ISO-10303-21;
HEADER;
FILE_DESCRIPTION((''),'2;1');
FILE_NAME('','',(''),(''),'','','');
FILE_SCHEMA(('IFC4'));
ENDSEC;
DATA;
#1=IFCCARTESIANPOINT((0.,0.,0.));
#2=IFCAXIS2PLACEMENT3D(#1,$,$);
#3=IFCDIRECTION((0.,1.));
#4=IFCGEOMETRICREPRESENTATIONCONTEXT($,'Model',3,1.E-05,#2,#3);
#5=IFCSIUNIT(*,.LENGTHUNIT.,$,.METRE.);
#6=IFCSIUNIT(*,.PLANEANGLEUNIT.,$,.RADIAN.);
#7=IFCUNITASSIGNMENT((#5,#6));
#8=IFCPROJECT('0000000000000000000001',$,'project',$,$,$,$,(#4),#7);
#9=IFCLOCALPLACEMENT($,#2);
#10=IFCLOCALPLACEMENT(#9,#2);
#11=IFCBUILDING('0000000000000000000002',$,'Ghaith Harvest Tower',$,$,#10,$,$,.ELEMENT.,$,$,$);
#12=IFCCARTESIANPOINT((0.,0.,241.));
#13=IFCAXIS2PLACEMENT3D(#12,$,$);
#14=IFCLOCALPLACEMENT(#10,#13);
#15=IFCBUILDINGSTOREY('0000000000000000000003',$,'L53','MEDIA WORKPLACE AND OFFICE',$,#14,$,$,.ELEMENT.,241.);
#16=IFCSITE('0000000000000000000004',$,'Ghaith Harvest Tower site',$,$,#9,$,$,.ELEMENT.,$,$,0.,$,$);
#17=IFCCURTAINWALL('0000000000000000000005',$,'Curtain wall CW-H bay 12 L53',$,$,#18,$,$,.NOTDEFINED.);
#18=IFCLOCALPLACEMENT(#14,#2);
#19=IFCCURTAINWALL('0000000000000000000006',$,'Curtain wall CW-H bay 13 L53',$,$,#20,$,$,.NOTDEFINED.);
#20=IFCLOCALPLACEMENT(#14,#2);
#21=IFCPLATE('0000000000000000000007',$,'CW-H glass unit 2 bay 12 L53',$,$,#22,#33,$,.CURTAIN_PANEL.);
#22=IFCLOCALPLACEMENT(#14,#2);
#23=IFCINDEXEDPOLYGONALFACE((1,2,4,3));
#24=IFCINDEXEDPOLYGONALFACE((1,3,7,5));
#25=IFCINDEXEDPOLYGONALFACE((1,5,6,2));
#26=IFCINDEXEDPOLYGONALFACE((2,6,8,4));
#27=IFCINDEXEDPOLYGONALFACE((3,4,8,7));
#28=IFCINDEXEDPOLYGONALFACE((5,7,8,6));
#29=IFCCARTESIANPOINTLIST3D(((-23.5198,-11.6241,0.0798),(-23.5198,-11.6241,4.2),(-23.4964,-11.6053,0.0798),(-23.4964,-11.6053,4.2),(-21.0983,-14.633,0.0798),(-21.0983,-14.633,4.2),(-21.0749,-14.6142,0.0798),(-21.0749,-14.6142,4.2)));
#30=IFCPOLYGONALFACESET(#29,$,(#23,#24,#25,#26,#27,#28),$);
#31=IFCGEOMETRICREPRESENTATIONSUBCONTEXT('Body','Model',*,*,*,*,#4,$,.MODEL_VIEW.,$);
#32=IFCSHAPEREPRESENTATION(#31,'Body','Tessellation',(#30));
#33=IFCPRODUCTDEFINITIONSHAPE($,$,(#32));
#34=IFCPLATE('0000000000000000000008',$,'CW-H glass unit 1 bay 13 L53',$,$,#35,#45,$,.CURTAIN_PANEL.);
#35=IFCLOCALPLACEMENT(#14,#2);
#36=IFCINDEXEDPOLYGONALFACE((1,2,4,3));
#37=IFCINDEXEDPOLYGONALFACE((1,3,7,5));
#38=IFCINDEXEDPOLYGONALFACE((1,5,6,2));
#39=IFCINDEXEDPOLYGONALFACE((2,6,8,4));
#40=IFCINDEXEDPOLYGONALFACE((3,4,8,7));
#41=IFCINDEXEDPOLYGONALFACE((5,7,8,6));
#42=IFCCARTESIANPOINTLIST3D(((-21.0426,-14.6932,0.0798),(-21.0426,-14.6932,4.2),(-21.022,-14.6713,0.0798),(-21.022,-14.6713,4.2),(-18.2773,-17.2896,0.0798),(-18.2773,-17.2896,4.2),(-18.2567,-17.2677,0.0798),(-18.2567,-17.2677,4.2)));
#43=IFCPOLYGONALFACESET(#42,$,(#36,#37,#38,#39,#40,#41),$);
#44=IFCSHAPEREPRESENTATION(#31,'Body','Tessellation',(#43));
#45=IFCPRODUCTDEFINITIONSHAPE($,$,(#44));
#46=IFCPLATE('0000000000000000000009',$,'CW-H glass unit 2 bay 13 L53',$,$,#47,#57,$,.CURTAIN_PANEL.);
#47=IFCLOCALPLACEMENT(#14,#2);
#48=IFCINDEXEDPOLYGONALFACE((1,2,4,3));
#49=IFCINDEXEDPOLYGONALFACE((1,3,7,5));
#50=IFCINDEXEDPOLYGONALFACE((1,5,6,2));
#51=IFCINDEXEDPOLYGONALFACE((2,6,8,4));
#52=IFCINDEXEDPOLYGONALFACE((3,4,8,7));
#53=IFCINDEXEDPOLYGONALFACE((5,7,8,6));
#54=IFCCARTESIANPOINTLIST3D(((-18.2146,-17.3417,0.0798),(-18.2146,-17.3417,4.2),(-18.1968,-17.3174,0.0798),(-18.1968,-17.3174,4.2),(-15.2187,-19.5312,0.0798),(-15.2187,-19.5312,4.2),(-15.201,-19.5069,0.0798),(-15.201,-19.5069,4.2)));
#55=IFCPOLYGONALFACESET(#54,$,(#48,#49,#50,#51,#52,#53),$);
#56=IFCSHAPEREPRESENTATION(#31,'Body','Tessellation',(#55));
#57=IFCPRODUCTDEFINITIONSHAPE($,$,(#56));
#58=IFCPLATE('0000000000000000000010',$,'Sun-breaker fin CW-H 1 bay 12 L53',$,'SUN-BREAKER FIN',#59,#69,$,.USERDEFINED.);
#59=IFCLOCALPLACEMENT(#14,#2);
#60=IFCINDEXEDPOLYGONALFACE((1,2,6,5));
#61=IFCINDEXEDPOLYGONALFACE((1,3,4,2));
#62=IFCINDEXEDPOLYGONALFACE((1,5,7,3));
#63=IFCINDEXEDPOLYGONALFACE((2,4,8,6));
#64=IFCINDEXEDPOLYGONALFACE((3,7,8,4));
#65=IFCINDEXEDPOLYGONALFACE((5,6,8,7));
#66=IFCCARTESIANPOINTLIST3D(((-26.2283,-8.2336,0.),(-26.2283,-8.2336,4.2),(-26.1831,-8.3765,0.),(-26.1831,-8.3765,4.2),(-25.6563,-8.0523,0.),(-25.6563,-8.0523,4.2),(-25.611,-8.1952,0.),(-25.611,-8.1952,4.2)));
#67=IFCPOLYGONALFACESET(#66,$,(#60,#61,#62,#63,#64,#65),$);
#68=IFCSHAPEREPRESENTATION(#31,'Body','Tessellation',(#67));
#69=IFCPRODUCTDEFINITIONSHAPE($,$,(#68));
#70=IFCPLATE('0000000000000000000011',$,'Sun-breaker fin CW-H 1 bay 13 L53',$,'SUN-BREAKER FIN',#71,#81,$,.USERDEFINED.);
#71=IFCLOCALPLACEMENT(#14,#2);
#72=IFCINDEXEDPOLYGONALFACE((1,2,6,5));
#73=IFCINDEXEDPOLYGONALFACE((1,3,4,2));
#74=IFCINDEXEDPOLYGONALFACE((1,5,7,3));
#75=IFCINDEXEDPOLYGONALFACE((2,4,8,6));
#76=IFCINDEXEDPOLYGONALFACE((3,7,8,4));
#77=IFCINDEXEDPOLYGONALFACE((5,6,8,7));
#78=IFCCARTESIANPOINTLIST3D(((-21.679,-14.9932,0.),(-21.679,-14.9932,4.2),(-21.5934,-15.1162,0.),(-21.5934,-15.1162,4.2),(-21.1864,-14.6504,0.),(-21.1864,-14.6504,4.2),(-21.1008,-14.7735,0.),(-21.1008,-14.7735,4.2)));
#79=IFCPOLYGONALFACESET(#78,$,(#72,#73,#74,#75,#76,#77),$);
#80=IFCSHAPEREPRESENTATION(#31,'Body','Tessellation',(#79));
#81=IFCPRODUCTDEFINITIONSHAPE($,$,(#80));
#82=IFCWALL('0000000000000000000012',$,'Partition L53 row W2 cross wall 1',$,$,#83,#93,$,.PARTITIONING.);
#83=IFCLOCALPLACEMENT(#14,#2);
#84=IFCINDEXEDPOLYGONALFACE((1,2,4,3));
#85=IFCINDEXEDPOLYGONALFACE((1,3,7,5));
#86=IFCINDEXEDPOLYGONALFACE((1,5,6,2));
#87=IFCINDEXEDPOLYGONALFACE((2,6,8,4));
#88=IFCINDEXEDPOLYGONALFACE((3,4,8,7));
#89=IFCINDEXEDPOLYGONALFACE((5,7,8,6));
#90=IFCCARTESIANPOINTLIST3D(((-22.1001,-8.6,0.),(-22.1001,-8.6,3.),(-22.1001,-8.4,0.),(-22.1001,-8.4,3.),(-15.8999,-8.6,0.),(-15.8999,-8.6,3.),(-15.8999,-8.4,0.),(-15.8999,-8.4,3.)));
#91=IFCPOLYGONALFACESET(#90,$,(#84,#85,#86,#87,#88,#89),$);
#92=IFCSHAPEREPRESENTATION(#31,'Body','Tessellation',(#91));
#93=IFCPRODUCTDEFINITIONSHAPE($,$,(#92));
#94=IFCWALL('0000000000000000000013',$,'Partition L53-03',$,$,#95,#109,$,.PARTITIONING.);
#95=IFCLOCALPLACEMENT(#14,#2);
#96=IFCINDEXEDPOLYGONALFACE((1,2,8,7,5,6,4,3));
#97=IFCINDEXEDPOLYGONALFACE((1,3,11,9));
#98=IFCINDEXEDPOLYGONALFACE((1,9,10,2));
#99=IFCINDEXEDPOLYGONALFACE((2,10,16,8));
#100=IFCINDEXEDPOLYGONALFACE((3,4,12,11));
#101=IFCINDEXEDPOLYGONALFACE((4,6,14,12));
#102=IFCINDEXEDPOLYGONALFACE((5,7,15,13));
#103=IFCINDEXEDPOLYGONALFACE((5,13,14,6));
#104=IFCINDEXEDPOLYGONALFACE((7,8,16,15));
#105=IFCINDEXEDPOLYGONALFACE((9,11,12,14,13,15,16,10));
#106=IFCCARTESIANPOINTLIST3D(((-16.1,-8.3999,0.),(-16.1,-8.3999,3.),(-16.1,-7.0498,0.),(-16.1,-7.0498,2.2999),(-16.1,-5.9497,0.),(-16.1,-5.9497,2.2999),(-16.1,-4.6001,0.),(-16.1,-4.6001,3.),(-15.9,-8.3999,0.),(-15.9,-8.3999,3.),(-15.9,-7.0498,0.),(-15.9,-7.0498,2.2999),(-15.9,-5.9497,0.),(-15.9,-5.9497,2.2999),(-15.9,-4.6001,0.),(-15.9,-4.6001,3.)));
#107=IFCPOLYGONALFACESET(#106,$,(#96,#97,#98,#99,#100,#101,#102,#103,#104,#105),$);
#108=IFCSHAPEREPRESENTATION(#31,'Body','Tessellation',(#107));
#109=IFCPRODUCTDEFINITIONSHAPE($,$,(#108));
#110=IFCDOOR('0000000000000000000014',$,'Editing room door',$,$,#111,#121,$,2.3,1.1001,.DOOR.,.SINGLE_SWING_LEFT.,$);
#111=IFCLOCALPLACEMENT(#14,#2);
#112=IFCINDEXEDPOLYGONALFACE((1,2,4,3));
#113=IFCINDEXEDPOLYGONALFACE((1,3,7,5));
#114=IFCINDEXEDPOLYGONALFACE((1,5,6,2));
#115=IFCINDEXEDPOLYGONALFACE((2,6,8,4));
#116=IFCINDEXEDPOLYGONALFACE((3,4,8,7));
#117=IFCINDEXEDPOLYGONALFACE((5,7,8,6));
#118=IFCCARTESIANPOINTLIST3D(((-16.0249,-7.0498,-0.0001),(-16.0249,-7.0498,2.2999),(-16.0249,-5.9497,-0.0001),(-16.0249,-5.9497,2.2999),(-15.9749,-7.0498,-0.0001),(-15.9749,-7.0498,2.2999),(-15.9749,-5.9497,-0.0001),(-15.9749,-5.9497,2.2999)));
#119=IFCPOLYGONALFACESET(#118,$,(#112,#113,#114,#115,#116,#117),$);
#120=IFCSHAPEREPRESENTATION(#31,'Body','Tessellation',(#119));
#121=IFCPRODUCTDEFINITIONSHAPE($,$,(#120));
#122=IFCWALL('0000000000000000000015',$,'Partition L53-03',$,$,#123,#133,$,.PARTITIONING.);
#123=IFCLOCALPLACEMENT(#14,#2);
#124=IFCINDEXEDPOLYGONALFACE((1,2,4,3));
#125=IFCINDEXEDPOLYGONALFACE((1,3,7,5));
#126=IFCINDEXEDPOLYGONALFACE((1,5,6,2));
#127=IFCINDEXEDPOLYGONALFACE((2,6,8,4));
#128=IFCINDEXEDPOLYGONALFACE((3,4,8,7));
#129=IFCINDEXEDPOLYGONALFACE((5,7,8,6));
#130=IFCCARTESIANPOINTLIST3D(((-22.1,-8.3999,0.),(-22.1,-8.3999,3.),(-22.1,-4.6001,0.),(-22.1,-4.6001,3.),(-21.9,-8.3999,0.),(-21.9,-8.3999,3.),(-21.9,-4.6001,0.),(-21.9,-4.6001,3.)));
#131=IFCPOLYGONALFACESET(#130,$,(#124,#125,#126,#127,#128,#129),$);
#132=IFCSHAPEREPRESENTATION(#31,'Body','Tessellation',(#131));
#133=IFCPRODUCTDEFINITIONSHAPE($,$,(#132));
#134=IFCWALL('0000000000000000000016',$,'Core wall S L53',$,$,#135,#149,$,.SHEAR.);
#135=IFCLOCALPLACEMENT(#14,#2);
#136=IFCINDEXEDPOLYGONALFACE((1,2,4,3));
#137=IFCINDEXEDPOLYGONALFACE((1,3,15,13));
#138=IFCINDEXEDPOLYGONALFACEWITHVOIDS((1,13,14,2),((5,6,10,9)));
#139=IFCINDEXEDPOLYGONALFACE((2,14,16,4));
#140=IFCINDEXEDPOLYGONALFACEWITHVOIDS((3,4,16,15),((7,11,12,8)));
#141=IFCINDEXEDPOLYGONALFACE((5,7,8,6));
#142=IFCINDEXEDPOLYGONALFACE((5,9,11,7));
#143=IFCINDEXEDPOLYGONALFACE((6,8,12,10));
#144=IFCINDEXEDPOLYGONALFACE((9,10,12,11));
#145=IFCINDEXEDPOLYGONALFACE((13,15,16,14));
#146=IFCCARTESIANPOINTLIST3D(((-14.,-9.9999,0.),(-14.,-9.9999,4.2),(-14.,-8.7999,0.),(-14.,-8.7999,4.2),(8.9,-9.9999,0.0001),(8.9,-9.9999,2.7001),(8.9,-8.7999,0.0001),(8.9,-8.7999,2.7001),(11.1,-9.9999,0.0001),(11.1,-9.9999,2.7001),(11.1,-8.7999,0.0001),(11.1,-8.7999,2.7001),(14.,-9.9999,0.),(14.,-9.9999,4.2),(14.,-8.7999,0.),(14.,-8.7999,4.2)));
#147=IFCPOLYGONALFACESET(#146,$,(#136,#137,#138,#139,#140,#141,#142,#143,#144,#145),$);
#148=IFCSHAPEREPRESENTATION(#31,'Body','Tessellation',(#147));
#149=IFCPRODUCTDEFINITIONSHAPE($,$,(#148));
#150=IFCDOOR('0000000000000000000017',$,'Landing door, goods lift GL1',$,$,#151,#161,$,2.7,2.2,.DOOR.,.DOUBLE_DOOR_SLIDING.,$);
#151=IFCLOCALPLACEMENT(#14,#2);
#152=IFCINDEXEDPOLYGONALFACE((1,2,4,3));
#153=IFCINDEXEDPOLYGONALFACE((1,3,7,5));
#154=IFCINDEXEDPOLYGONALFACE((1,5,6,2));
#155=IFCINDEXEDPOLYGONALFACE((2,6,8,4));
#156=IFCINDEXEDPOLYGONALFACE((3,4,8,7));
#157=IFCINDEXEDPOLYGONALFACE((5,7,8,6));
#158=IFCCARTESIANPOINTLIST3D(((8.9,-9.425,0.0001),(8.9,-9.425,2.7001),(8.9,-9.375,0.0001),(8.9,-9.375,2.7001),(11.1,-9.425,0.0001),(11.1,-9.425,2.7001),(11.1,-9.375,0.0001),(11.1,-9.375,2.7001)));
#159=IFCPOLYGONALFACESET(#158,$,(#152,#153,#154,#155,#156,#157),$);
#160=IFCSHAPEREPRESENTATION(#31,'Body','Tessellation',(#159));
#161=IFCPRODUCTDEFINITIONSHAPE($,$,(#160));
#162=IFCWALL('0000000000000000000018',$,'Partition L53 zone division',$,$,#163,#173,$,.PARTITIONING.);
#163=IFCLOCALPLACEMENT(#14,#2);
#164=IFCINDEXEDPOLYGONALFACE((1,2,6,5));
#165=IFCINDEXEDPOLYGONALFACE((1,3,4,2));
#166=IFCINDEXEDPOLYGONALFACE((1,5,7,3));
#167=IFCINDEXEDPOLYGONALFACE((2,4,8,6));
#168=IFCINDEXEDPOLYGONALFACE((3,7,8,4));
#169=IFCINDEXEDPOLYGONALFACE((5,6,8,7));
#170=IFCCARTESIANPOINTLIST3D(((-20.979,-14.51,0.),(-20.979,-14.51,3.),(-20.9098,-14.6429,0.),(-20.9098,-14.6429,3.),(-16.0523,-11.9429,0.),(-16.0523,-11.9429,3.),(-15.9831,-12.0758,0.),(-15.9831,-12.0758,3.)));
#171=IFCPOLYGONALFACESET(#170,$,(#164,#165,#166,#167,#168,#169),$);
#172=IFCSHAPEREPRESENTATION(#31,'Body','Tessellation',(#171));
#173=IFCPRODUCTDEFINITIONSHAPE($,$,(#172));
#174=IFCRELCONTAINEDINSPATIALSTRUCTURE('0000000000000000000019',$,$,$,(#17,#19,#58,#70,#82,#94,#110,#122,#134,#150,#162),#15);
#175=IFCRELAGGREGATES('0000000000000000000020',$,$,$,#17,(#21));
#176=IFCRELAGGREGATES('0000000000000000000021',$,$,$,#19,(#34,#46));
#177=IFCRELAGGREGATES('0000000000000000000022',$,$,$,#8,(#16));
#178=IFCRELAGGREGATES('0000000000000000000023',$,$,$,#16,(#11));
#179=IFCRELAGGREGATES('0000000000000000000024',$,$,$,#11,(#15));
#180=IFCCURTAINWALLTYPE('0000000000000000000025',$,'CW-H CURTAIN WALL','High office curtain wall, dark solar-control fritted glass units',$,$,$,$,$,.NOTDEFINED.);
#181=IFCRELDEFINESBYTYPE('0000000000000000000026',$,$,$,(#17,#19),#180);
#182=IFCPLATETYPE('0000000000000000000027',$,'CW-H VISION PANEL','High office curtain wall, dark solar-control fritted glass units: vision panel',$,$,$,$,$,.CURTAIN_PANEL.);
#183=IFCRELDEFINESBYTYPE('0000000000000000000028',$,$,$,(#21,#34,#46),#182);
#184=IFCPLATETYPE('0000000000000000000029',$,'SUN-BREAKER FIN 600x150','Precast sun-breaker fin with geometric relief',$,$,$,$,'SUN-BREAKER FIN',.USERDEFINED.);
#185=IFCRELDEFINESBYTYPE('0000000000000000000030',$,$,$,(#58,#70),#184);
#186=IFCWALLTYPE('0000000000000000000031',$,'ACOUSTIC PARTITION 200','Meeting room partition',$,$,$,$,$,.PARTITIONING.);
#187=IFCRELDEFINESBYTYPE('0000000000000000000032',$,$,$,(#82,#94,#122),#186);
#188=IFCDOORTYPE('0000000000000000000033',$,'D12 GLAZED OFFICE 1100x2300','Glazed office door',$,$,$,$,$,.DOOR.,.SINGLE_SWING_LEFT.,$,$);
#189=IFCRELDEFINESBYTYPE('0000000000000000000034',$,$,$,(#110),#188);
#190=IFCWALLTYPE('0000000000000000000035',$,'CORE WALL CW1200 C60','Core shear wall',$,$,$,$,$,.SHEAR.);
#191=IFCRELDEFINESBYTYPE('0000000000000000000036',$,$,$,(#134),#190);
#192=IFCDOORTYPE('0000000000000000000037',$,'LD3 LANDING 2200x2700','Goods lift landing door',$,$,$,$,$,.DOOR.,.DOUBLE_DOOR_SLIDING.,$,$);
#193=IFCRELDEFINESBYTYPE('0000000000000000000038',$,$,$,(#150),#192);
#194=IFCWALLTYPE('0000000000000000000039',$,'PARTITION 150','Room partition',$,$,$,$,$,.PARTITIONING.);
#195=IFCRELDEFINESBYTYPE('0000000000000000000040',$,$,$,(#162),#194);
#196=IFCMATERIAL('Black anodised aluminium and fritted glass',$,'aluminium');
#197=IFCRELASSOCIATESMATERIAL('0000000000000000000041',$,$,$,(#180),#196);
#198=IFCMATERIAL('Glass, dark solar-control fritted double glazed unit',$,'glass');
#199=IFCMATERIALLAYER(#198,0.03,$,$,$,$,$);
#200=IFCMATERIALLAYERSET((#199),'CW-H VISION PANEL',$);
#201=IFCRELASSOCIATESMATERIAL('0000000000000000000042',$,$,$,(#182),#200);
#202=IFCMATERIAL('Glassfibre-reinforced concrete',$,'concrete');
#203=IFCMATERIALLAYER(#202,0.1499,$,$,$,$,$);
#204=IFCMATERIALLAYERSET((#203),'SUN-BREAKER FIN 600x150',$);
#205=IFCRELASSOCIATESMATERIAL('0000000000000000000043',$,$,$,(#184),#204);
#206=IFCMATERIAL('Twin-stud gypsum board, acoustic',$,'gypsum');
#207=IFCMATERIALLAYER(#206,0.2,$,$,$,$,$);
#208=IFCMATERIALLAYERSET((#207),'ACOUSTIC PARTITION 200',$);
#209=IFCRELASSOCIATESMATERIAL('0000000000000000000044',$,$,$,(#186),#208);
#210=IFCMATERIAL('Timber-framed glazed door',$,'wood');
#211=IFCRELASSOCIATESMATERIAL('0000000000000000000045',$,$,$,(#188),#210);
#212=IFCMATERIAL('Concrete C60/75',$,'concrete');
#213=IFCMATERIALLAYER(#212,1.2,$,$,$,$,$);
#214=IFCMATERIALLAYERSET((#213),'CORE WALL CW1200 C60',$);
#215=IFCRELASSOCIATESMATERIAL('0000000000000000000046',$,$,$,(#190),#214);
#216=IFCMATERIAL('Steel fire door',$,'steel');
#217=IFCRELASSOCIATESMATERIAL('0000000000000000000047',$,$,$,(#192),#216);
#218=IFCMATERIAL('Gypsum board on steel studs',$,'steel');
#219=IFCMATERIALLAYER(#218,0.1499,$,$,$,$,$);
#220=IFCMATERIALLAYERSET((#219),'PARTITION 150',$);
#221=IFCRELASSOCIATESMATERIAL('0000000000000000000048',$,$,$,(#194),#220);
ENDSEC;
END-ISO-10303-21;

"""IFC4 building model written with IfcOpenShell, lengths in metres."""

from ifc_helpers import new_model, si_unit, direction, frame, frame_2d, origin, origin_2d, place, context, subcontext, project, spatial, rectangle, extrude, material, layer, layer_set, type_object, element, fill, aggregate, save


model = new_model("IFC4")

# Units and contexts
model_context = context("Model", 3, precision=1e-05, world=origin(), true_north=direction((0.0, 1.0)))
body_context = subcontext(model_context, "Body", "Model", "MODEL_VIEW")
ifc_project = project(units=[si_unit("LENGTHUNIT", "METRE"), si_unit("PLANEANGLEUNIT", "RADIAN")], contexts=[model_context])

# Site, building, storey
site_placement = place(None, origin())
site = spatial("IfcSite", under=ifc_project, at=site_placement, Name="Ghaith Harvest Tower site", CompositionType="ELEMENT", RefElevation=0.0)
building_placement = place(site_placement, origin())
building = spatial("IfcBuilding", under=site, at=building_placement, Name="Ghaith Harvest Tower", CompositionType="ELEMENT")
storey_placement = place(building_placement, frame((0.0, 0.0, 241.0)))
storey = spatial("IfcBuildingStorey", under=building, at=storey_placement, Name="L53", Description="MEDIA WORKPLACE AND OFFICE", CompositionType="ELEMENT", Elevation=241.0)

# Curtain walls
ifc_material_1 = material(Name="Black anodised aluminium and fritted glass", Category="aluminium")
curtain_wall_type = type_object("IfcCurtainWallType", Name="CW-H CURTAIN WALL", Description="High office curtain wall, dark solar-control fritted glass units", PredefinedType="NOTDEFINED", material=ifc_material_1)
curtain_wall_1_placement = place(storey_placement, origin())
curtain_wall_1 = element("IfcCurtainWall", 1, at=curtain_wall_1_placement, inside=storey, type_object=curtain_wall_type, Name="Curtain wall CW-H bay 12 L53", PredefinedType="NOTDEFINED")
curtain_wall_2_placement = place(storey_placement, origin())
curtain_wall_2 = element("IfcCurtainWall", 2, at=curtain_wall_2_placement, inside=storey, type_object=curtain_wall_type, Name="Curtain wall CW-H bay 13 L53", PredefinedType="NOTDEFINED")

# Plates
ifc_material_2 = material(Name="Glass, dark solar-control fritted double glazed unit", Category="glass")
ifc_layer_1 = layer(ifc_material_2, 0.03)
ifc_layer_set_1 = layer_set([ifc_layer_1], Name="CW-H VISION PANEL")
plate_type_1 = type_object("IfcPlateType", Name="CW-H VISION PANEL", Description="High office curtain wall, dark solar-control fritted glass units: vision panel", PredefinedType="CURTAIN_PANEL", material=ifc_layer_set_1)
plate_1_placement = place(storey_placement, frame((-22.2974, -13.1191, 0.0798), z_axis=(0.0, 0.0, 1.0), x_axis=(0.626957, -0.779054, 0.0)))
plate_1 = element("IfcPlate", 3, at=plate_1_placement, type_object=plate_type_1, Name="CW-H glass unit 2 bay 12 L53", PredefinedType="CURTAIN_PANEL", context=body_context, shape_type="SweptSolid", body=[
    extrude(rectangle(XDim=3.8623, YDim=0.03, at=origin_2d()), origin(), (0.0, 0.0, 1.0), 4.1201),
])
aggregate(curtain_wall_1, [plate_1])
plate_2_placement = place(storey_placement, frame((-19.6497, -15.9805, 0.0798), z_axis=(0.0, 0.0, 1.0), x_axis=(0.729017, -0.684496, 0.0)))
plate_2 = element("IfcPlate", 4, at=plate_2_placement, type_object=plate_type_1, Name="CW-H glass unit 1 bay 13 L53", PredefinedType="CURTAIN_PANEL", context=body_context, shape_type="SweptSolid", body=[
    extrude(rectangle(XDim=3.7932, YDim=0.03, at=origin_2d()), origin(), (0.0, 0.0, 1.0), 4.1201),
])
plate_3_placement = place(storey_placement, frame((-16.7078, -18.4243, 0.0798), z_axis=(0.0, 0.0, 1.0), x_axis=(0.807364, -0.590054, 0.0)))
plate_3 = element("IfcPlate", 5, at=plate_3_placement, type_object=plate_type_1, Name="CW-H glass unit 2 bay 13 L53", PredefinedType="CURTAIN_PANEL", context=body_context, shape_type="SweptSolid", body=[
    extrude(rectangle(XDim=3.7107, YDim=0.03, at=origin_2d()), origin(), (0.0, 0.0, 1.0), 4.1201),
])
aggregate(curtain_wall_2, [plate_2, plate_3])

# Plates
ifc_material_3 = material(Name="Glassfibre-reinforced concrete", Category="concrete")
ifc_layer_2 = layer(ifc_material_3, 0.1499)
ifc_layer_set_2 = layer_set([ifc_layer_2], Name="SUN-BREAKER FIN 600x150")
plate_type_2 = type_object("IfcPlateType", Name="SUN-BREAKER FIN 600x150", Description="Precast sun-breaker fin with geometric relief", ElementType="SUN-BREAKER FIN", PredefinedType="USERDEFINED", material=ifc_layer_set_2)
for number, where, z_axis, x_axis, name in (
    (6, (-25.9197, -8.2144, 0.0), (0.0, 0.0, 1.0), (-0.953273, -0.30211, 0.0), "Sun-breaker fin CW-H 1 bay 12 L53"),
    (7, (-21.3899, -14.8833, 0.0), (0.0, 0.0, 1.0), (-0.820845, -0.57115, 0.0), "Sun-breaker fin CW-H 1 bay 13 L53"),
):
    element("IfcPlate", number, at=place(storey_placement, frame(where, z_axis=z_axis, x_axis=x_axis)), inside=storey, type_object=plate_type_2, Name=name, ObjectType="SUN-BREAKER FIN", PredefinedType="USERDEFINED", context=body_context, shape_type="SweptSolid", body=[
        extrude(rectangle(XDim=0.6001, YDim=0.1499, at=origin_2d()), origin(), (0.0, 0.0, 1.0), 4.2),
    ])

# Wall
ifc_material_4 = material(Name="Twin-stud gypsum board, acoustic", Category="gypsum")
ifc_layer_3 = layer(ifc_material_4, 0.2)
ifc_layer_set_3 = layer_set([ifc_layer_3], Name="ACOUSTIC PARTITION 200")
wall_type_1 = type_object("IfcWallType", Name="ACOUSTIC PARTITION 200", Description="Meeting room partition", PredefinedType="PARTITIONING", material=ifc_layer_set_3)
wall_1_placement = place(storey_placement, frame((-15.8999, -8.5, 0.0), z_axis=(0.0, 0.0, 1.0), x_axis=(-1.0, 0.0, 0.0)))
element("IfcWall", 8, at=wall_1_placement, inside=storey, type_object=wall_type_1, Name="Partition L53 row W2 cross wall 1", PredefinedType="PARTITIONING", context=body_context, shape_type="SweptSolid", body=[
    extrude(rectangle(XDim=6.2002, YDim=0.2, at=frame_2d((3.1001, 0.0))), origin(), (0.0, 0.0, 1.0), 3.0),
])

# Wall, opening, door
wall_2_placement = place(storey_placement, frame((-16.0, -8.3999, 0.0), z_axis=(0.0, 0.0, 1.0), x_axis=(0.0, 1.0, 0.0)))
wall_2 = element("IfcWall", 9, at=wall_2_placement, inside=storey, type_object=wall_type_1, Name="Partition L53-03", PredefinedType="PARTITIONING", context=body_context, shape_type="SweptSolid", body=[
    extrude(rectangle(XDim=3.7998, YDim=0.2, at=frame_2d((1.8999, 0.0))), origin(), (0.0, 0.0, 1.0), 3.0),
])
opening_1_placement = place(wall_2_placement, frame((1.3501, 0.0, 0.0)))
opening_1 = element("IfcOpeningElement", 10, at=opening_1_placement, cuts=wall_2, PredefinedType="OPENING", context=body_context, shape_type="SweptSolid", body=[
    extrude(rectangle(XDim=1.1001, YDim=2.3, at=frame_2d((0.55, 1.1499))), frame((0.0, 0.1099, 0.0), z_axis=(0.0, -1.0, 0.0), x_axis=(1.0, 0.0, 0.0)), (0.0, 0.0, 1.0), 0.22),
])
ifc_material_5 = material(Name="Timber-framed glazed door", Category="wood")
door_type_1 = type_object("IfcDoorType", Name="D12 GLAZED OFFICE 1100x2300", Description="Glazed office door", OperationType="SINGLE_SWING_LEFT", PredefinedType="DOOR", material=ifc_material_5)
door_1_placement = place(opening_1_placement, origin())
door_1 = element("IfcDoor", 11, at=door_1_placement, inside=storey, type_object=door_type_1, Name="Editing room door", OperationType="SINGLE_SWING_LEFT", OverallHeight=2.3, OverallWidth=1.1001, PredefinedType="DOOR", context=body_context, shape_type="SweptSolid", body=[
    extrude(rectangle(XDim=1.1001, YDim=2.3, at=frame_2d((0.55, 1.1499))), frame((0.0, 0.0249, 0.0), z_axis=(0.0, -1.0, 0.0), x_axis=(1.0, 0.0, 0.0)), (0.0, 0.0, 1.0), 0.05),
])
fill(opening_1, door_1)

# Wall
wall_3_placement = place(storey_placement, frame((-22.0, -8.3999, 0.0), z_axis=(0.0, 0.0, 1.0), x_axis=(0.0, 1.0, 0.0)))
element("IfcWall", 12, at=wall_3_placement, inside=storey, type_object=wall_type_1, Name="Partition L53-03", PredefinedType="PARTITIONING", context=body_context, shape_type="SweptSolid", body=[
    extrude(rectangle(XDim=3.7998, YDim=0.2, at=frame_2d((1.8999, 0.0))), origin(), (0.0, 0.0, 1.0), 3.0),
])

# Wall, opening, door
ifc_material_6 = material(Name="Concrete C60/75", Category="concrete")
ifc_layer_4 = layer(ifc_material_6, 1.2)
ifc_layer_set_4 = layer_set([ifc_layer_4], Name="CORE WALL CW1200 C60")
wall_type_2 = type_object("IfcWallType", Name="CORE WALL CW1200 C60", Description="Core shear wall", PredefinedType="SHEAR", material=ifc_layer_set_4)
wall_4_placement = place(storey_placement, frame((-14.0, -9.3999, 0.0), z_axis=(0.0, 0.0, 1.0), x_axis=(1.0, 0.0, 0.0)))
wall_4 = element("IfcWall", 13, at=wall_4_placement, inside=storey, type_object=wall_type_2, Name="Core wall S L53", PredefinedType="SHEAR", context=body_context, shape_type="SweptSolid", body=[
    extrude(rectangle(XDim=28.0, YDim=1.2, at=frame_2d((14.0, 0.0))), origin(), (0.0, 0.0, 1.0), 4.2),
])
opening_2_placement = place(wall_4_placement, frame((22.8999, 0.0, 0.0)))
opening_2 = element("IfcOpeningElement", 14, at=opening_2_placement, cuts=wall_4, PredefinedType="OPENING", context=body_context, shape_type="SweptSolid", body=[
    extrude(rectangle(XDim=2.2, YDim=2.7, at=frame_2d((1.1001, 1.3501))), frame((0.0, 0.6099, 0.0), z_axis=(0.0, -1.0, 0.0), x_axis=(1.0, 0.0, 0.0)), (0.0, 0.0, 1.0), 1.22),
])
ifc_material_7 = material(Name="Steel fire door", Category="steel")
door_type_2 = type_object("IfcDoorType", Name="LD3 LANDING 2200x2700", Description="Goods lift landing door", OperationType="DOUBLE_DOOR_SLIDING", PredefinedType="DOOR", material=ifc_material_7)
door_2_placement = place(opening_2_placement, origin())
door_2 = element("IfcDoor", 15, at=door_2_placement, inside=storey, type_object=door_type_2, Name="Landing door, goods lift GL1", OperationType="DOUBLE_DOOR_SLIDING", OverallHeight=2.7, OverallWidth=2.2, PredefinedType="DOOR", context=body_context, shape_type="SweptSolid", body=[
    extrude(rectangle(XDim=2.2, YDim=2.7, at=frame_2d((1.1001, 1.3501))), frame((0.0, 0.0249, 0.0), z_axis=(0.0, -1.0, 0.0), x_axis=(1.0, 0.0, 0.0)), (0.0, 0.0, 1.0), 0.05),
])
fill(opening_2, door_2)

# Wall
ifc_material_8 = material(Name="Gypsum board on steel studs", Category="steel")
ifc_layer_5 = layer(ifc_material_8, 0.1499)
ifc_layer_set_5 = layer_set([ifc_layer_5], Name="PARTITION 150")
wall_type_3 = type_object("IfcWallType", Name="PARTITION 150", Description="Room partition", PredefinedType="PARTITIONING", material=ifc_layer_set_5)
wall_5_placement = place(storey_placement, frame((-16.0176, -12.0093, 0.0), z_axis=(0.0, 0.0, 1.0), x_axis=(-0.886832, -0.462093, 0.0)))
element("IfcWall", 16, at=wall_5_placement, inside=storey, type_object=wall_type_3, Name="Partition L53 zone division", PredefinedType="PARTITIONING", context=body_context, shape_type="SweptSolid", body=[
    extrude(rectangle(XDim=5.5554, YDim=0.1499, at=frame_2d((2.7778, 0.0))), origin(), (0.0, 0.0, 1.0), 3.0),
])

save(model, "model.ifc")
